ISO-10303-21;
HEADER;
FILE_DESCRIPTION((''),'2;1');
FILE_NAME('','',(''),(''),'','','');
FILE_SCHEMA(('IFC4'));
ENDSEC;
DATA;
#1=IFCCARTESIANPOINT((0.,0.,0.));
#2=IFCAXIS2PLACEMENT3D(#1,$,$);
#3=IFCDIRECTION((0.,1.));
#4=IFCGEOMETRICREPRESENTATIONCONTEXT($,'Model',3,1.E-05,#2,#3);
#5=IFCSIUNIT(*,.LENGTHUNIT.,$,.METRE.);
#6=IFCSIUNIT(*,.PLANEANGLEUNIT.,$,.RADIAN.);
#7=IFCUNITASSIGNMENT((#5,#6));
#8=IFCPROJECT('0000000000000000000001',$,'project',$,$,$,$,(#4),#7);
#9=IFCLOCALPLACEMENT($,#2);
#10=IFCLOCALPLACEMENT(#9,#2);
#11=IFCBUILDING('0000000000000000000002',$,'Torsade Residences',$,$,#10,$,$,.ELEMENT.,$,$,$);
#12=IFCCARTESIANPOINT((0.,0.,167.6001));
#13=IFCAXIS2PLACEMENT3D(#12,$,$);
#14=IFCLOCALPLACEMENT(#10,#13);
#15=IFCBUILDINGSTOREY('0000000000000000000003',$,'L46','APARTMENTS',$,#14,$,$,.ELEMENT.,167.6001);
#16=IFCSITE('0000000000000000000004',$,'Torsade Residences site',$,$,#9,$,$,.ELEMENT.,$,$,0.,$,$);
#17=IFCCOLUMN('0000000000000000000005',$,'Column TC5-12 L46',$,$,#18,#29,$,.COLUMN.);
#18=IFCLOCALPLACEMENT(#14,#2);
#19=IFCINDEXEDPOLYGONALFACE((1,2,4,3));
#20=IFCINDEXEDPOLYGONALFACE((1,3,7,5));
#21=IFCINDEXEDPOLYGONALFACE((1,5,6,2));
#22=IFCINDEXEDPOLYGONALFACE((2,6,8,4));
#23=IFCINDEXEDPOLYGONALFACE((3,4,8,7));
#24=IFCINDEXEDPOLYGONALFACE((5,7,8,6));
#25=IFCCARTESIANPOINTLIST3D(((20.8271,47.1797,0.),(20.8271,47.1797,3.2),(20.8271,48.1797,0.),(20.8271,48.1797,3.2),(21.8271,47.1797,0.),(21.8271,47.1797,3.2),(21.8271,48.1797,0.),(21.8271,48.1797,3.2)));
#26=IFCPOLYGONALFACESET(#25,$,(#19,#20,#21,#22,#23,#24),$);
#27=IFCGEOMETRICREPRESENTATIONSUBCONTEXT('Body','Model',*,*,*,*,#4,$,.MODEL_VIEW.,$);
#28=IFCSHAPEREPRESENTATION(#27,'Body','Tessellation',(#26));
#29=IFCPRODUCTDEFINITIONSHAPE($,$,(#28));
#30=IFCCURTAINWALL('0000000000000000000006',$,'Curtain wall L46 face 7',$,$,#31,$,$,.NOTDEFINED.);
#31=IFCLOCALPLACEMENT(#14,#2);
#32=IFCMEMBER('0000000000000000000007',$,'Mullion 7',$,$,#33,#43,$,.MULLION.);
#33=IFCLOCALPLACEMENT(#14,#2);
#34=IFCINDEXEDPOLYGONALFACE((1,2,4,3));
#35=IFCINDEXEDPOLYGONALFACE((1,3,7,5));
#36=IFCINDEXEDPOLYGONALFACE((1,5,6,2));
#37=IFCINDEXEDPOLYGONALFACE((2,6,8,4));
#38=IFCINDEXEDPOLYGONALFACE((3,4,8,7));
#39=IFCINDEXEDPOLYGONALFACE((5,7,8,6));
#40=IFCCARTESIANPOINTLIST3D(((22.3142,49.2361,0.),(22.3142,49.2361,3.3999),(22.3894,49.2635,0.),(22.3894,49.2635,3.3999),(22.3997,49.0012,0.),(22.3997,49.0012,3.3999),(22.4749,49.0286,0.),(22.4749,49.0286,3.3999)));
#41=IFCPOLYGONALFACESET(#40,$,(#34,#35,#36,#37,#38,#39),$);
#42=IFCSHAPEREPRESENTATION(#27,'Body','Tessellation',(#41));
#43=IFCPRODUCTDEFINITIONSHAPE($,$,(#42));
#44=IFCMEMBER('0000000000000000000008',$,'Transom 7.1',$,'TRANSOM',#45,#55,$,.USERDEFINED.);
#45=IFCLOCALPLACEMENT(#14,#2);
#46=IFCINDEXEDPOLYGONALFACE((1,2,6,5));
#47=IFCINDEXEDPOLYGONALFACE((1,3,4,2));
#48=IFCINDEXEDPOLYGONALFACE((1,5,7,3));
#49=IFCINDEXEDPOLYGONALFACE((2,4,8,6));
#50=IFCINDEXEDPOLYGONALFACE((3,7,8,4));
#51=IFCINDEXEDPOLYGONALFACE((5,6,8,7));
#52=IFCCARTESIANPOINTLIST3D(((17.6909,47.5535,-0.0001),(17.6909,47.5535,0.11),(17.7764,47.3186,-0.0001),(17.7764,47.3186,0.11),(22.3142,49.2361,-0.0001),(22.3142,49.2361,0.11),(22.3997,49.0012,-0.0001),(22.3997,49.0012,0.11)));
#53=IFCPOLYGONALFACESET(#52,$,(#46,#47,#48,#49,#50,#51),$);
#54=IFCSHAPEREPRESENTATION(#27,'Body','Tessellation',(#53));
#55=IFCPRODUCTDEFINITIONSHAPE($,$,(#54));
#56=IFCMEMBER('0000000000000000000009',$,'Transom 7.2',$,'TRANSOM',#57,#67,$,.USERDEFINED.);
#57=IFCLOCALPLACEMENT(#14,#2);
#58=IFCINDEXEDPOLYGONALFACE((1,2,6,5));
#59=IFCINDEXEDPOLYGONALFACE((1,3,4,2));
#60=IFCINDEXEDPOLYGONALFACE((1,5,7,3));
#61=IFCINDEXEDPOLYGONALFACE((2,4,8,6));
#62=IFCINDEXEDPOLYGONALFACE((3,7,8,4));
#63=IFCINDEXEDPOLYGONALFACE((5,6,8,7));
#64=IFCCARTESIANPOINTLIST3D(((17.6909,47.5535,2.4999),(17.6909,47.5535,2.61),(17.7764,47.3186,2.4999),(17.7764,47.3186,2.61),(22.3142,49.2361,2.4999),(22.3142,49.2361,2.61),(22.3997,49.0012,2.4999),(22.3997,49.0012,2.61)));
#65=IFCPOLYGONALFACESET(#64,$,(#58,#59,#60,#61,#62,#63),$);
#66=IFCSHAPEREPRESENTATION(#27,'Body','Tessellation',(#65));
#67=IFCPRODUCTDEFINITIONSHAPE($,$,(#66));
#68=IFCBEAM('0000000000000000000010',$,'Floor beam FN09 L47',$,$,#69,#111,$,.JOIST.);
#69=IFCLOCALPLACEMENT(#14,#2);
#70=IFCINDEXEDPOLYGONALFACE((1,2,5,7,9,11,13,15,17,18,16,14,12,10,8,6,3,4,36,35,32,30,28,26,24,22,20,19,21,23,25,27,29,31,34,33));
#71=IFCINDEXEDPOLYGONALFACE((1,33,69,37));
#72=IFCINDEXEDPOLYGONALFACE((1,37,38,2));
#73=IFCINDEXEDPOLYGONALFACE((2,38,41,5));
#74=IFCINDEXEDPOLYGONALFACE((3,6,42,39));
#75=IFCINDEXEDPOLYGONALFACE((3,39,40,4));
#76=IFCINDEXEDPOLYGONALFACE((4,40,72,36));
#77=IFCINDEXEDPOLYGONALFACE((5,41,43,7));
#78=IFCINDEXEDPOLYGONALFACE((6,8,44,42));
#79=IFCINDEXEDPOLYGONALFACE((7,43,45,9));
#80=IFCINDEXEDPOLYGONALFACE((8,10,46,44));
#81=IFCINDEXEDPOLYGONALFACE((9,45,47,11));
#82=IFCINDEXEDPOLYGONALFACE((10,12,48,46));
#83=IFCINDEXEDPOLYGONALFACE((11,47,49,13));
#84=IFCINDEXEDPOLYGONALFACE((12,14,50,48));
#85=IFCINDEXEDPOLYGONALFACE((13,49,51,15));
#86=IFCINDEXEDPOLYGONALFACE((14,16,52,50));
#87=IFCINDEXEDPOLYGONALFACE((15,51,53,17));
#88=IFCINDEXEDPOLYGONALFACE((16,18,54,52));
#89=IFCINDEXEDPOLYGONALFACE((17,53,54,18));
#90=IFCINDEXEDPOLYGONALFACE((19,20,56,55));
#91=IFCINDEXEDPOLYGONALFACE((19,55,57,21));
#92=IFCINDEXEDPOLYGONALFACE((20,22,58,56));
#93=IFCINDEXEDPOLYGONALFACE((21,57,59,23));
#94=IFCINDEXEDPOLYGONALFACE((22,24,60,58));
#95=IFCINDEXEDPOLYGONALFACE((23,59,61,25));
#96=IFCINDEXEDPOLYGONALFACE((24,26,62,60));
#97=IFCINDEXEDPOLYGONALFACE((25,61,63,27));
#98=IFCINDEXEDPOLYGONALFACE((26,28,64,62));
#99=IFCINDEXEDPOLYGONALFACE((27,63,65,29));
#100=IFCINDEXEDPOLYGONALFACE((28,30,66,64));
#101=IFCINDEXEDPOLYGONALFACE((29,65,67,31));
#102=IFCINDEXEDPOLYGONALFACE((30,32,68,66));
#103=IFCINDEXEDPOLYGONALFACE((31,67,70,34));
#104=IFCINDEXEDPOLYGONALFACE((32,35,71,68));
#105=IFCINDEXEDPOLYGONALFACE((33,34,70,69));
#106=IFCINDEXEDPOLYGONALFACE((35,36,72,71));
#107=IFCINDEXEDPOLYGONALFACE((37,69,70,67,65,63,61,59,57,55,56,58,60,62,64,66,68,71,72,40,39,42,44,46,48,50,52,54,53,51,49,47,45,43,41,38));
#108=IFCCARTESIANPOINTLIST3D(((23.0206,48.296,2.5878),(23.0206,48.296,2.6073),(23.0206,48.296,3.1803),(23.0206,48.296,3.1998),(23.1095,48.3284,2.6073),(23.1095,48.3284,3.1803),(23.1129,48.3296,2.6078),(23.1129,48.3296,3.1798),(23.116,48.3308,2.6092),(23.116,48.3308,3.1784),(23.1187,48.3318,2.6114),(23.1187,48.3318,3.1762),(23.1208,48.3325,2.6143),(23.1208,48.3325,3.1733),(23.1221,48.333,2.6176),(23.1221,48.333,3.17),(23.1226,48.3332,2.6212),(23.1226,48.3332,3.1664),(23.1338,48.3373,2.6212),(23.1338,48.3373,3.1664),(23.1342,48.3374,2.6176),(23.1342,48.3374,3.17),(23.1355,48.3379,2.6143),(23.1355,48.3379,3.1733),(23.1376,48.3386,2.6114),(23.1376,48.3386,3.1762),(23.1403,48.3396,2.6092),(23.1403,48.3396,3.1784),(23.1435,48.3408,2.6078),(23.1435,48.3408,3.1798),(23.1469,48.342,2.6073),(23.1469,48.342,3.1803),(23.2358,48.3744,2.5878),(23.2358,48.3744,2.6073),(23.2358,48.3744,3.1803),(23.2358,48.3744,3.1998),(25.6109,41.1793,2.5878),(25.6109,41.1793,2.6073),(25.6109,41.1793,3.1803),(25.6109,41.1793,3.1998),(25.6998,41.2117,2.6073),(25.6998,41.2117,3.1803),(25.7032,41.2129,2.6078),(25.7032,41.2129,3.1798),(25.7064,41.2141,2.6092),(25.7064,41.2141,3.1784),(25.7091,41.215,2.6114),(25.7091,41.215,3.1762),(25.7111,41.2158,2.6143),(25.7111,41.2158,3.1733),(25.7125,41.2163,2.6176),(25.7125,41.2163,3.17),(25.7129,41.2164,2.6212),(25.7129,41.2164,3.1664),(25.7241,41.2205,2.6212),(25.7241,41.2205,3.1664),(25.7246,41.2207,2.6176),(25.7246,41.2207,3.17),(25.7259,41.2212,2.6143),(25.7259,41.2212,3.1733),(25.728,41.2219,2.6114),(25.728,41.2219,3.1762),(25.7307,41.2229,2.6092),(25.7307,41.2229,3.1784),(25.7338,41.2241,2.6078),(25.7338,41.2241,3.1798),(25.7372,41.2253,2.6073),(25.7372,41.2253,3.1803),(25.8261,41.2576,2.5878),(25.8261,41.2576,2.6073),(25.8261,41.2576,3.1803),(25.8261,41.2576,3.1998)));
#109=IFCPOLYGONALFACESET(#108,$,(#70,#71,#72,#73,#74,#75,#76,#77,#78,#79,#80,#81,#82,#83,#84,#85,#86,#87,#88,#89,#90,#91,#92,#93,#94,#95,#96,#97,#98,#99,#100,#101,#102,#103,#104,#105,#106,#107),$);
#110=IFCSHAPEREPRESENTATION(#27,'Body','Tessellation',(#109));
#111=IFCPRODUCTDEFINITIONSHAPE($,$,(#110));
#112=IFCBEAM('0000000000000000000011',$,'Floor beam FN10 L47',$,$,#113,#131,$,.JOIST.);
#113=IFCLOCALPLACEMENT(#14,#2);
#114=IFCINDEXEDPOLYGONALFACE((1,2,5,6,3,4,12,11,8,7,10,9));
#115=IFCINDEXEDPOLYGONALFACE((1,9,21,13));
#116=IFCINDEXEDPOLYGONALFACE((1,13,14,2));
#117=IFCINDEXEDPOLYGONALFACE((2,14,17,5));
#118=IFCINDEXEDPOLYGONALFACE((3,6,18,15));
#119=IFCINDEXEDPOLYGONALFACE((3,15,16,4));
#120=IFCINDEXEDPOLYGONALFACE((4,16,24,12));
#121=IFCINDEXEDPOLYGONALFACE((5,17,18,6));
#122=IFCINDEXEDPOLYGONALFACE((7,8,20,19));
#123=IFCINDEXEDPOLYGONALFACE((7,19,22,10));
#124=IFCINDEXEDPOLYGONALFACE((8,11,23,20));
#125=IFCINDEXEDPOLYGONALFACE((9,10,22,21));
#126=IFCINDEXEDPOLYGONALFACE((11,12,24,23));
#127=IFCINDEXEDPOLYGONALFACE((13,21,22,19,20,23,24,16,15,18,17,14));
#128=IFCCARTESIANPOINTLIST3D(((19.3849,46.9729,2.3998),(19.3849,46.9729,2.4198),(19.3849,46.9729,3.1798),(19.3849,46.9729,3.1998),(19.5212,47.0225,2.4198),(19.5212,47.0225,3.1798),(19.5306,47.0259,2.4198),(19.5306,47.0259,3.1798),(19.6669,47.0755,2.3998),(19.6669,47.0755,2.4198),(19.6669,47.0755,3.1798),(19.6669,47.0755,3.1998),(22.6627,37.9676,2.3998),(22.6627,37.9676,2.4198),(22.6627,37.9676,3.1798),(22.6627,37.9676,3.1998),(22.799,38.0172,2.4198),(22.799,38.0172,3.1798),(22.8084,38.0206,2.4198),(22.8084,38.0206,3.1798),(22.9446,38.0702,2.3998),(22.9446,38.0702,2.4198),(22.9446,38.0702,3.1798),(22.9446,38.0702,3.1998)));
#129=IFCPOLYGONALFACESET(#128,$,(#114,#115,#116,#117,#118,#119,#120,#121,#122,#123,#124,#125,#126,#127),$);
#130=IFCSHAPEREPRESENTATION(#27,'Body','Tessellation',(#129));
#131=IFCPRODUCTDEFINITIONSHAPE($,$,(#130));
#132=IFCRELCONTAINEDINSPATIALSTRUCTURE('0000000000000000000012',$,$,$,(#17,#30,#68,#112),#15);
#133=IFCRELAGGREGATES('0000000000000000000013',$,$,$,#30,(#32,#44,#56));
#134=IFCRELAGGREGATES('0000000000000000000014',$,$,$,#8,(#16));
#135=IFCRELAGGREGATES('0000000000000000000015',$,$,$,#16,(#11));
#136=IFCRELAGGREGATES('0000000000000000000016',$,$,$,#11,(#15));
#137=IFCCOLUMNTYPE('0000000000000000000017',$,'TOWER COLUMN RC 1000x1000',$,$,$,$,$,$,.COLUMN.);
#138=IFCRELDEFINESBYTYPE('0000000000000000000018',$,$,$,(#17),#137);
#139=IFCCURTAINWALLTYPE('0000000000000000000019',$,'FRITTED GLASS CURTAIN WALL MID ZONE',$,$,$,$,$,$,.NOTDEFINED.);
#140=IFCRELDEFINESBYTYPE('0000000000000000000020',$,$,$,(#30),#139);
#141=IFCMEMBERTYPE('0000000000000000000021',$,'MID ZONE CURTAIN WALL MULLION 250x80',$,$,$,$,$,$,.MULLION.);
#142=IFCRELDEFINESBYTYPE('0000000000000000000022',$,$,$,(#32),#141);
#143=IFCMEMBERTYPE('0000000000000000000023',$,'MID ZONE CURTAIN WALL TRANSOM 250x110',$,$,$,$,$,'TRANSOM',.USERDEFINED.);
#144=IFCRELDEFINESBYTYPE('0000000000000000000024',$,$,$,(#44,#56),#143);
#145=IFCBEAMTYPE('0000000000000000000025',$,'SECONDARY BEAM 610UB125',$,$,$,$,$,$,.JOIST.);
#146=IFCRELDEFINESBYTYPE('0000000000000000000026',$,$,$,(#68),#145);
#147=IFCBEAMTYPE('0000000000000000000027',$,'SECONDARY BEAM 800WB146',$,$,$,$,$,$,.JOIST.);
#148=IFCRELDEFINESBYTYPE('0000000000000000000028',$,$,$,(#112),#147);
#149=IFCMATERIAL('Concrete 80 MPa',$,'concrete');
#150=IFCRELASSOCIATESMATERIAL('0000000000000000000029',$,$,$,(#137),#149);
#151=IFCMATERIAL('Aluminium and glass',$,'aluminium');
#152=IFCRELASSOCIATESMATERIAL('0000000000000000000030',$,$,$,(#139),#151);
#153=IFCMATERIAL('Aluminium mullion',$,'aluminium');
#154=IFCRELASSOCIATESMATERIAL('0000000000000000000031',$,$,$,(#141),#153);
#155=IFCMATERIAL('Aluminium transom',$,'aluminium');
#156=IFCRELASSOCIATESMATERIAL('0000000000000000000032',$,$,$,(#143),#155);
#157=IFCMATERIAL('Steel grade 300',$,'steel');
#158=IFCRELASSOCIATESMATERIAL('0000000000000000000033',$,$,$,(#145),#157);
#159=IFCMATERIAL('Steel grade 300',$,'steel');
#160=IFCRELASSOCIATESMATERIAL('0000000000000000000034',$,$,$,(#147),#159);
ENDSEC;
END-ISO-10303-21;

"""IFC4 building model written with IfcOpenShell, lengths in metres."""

from ifc_helpers import new_model, si_unit, direction, frame, origin, origin_2d, place, context, subcontext, project, spatial, rectangle, i_section, extrude, material, material_profile, profile_set, type_object, element, aggregate, save


model = new_model("IFC4")

# Units and contexts
model_context = context("Model", 3, precision=1e-05, world=origin(), true_north=direction((0.0, 1.0)))
body_context = subcontext(model_context, "Body", "Model", "MODEL_VIEW")
ifc_project = project(units=[si_unit("LENGTHUNIT", "METRE"), si_unit("PLANEANGLEUNIT", "RADIAN")], contexts=[model_context])

# Site, building, storey
site_placement = place(None, origin())
site = spatial("IfcSite", under=ifc_project, at=site_placement, Name="Torsade Residences site", CompositionType="ELEMENT", RefElevation=0.0)
building_placement = place(site_placement, origin())
building = spatial("IfcBuilding", under=site, at=building_placement, Name="Torsade Residences", CompositionType="ELEMENT")
storey_placement = place(building_placement, frame((0.0, 0.0, 167.6001)))
storey = spatial("IfcBuildingStorey", under=building, at=storey_placement, Name="L46", Description="APARTMENTS", CompositionType="ELEMENT", Elevation=167.6001)

# Column
ifc_material_1 = material(Name="Concrete 80 MPa", Category="concrete")
ifc_material_profile_1 = material_profile(ifc_material_1, rectangle(XDim=1.0, YDim=1.0, at=origin_2d()), Name="RC 1000x1000")
ifc_profile_set_1 = profile_set([ifc_material_profile_1], Name="Concrete 80 MPa")
column_type = type_object("IfcColumnType", Name="TOWER COLUMN RC 1000x1000", PredefinedType="COLUMN", material=ifc_profile_set_1)
column_placement = place(storey_placement, frame((21.3271, 47.6797, 0.0), z_axis=(0.0, 0.0, 1.0), x_axis=(1.0, 0.0, 0.0)))
element("IfcColumn", 1, at=column_placement, inside=storey, type_object=column_type, Name="Column TC5-12 L46", PredefinedType="COLUMN", context=body_context, shape_type="SweptSolid", body=[
    extrude(rectangle(XDim=1.0, YDim=1.0, at=origin_2d()), origin(), (0.0, 0.0, 1.0), 3.2),
])

# Curtain wall, members
ifc_material_2 = material(Name="Aluminium and glass", Category="aluminium")
curtain_wall_type = type_object("IfcCurtainWallType", Name="FRITTED GLASS CURTAIN WALL MID ZONE", PredefinedType="NOTDEFINED", material=ifc_material_2)
curtain_wall_placement = place(storey_placement, origin())
curtain_wall = element("IfcCurtainWall", 2, at=curtain_wall_placement, inside=storey, type_object=curtain_wall_type, Name="Curtain wall L46 face 7", PredefinedType="NOTDEFINED")
ifc_material_3 = material(Name="Aluminium mullion", Category="aluminium")
ifc_material_profile_2 = material_profile(ifc_material_3, rectangle(XDim=0.25, YDim=0.0801, at=origin_2d()), Name="MID ZONE CURTAIN WALL MULLION 250x80")
ifc_profile_set_2 = profile_set([ifc_material_profile_2], Name="Aluminium mullion")
member_type_1 = type_object("IfcMemberType", Name="MID ZONE CURTAIN WALL MULLION 250x80", PredefinedType="MULLION", material=ifc_profile_set_2)
member_1_placement = place(storey_placement, frame((22.3945, 49.1323, 0.0), z_axis=(0.0, 0.0, 1.0), x_axis=(0.34202, -0.939693, 0.0)))
member_1 = element("IfcMember", 3, at=member_1_placement, type_object=member_type_1, Name="Mullion 7", PredefinedType="MULLION", context=body_context, shape_type="SweptSolid", body=[
    extrude(rectangle(XDim=0.25, YDim=0.0801, at=origin_2d()), origin(), (0.0, 0.0, 1.0), 3.3999),
])
ifc_material_4 = material(Name="Aluminium transom", Category="aluminium")
ifc_material_profile_3 = material_profile(ifc_material_4, rectangle(XDim=0.25, YDim=0.1101, at=origin_2d()), Name="MID ZONE CURTAIN WALL TRANSOM 250x110")
ifc_profile_set_3 = profile_set([ifc_material_profile_3], Name="Aluminium transom")
member_type_2 = type_object("IfcMemberType", Name="MID ZONE CURTAIN WALL TRANSOM 250x110", ElementType="TRANSOM", PredefinedType="USERDEFINED", material=ifc_profile_set_3)
member_2_placement = place(storey_placement, frame((22.3569, 49.1187, 0.0549), z_axis=(-0.939701, -0.341998, 0.0), x_axis=(0.341998, -0.939701, 0.0)))
member_2 = element("IfcMember", 4, at=member_2_placement, type_object=member_type_2, Name="Transom 7.1", ObjectType="TRANSOM", PredefinedType="USERDEFINED", context=body_context, shape_type="SweptSolid", body=[
    extrude(rectangle(XDim=0.25, YDim=0.1101, at=origin_2d()), origin(), (0.0, 0.0, 1.0), 4.9199),
])
member_3_placement = place(storey_placement, frame((22.3569, 49.1187, 2.5549), z_axis=(-0.939701, -0.341998, 0.0), x_axis=(0.341998, -0.939701, 0.0)))
member_3 = element("IfcMember", 5, at=member_3_placement, type_object=member_type_2, Name="Transom 7.2", ObjectType="TRANSOM", PredefinedType="USERDEFINED", context=body_context, shape_type="SweptSolid", body=[
    extrude(rectangle(XDim=0.25, YDim=0.1101, at=origin_2d()), origin(), (0.0, 0.0, 1.0), 4.9199),
])

# Beams
ifc_material_5 = material(Name="Steel grade 300", Category="steel")
ifc_material_profile_4 = material_profile(ifc_material_5, i_section(OverallWidth=0.229, OverallDepth=0.6121, WebThickness=0.012, FlangeThickness=0.0195, FilletRadius=0.0139, at=origin_2d()), Name="610UB125")
ifc_profile_set_4 = profile_set([ifc_material_profile_4], Name="Steel grade 300")
beam_type_1 = type_object("IfcBeamType", Name="SECONDARY BEAM 610UB125", PredefinedType="JOIST", material=ifc_profile_set_4)
beam_1_placement = place(storey_placement, frame((23.1282, 48.3352, 2.8938), z_axis=(0.342028, -0.93969, 0.0), x_axis=(0.93969, 0.342028, 0.0)))
element("IfcBeam", 6, at=beam_1_placement, inside=storey, type_object=beam_type_1, Name="Floor beam FN09 L47", PredefinedType="JOIST", context=body_context, shape_type="SweptSolid", body=[
    extrude(i_section(OverallWidth=0.229, OverallDepth=0.6121, WebThickness=0.012, FlangeThickness=0.0195, FilletRadius=0.0139, at=origin_2d()), origin(), (0.0, 0.0, 1.0), 7.5735),
])
ifc_material_6 = material(Name="Steel grade 300", Category="steel")
ifc_material_profile_5 = material_profile(ifc_material_6, i_section(OverallWidth=0.3, OverallDepth=0.8, WebThickness=0.01, FlangeThickness=0.02, at=origin_2d()), Name="800WB146")
ifc_profile_set_5 = profile_set([ifc_material_profile_5], Name="Steel grade 300")
beam_type_2 = type_object("IfcBeamType", Name="SECONDARY BEAM 800WB146", PredefinedType="JOIST", material=ifc_profile_set_5)
beam_2_placement = place(storey_placement, frame((19.5259, 47.0242, 2.7998), z_axis=(0.342034, -0.939688, 0.0), x_axis=(0.939688, 0.342034, 0.0)))
element("IfcBeam", 7, at=beam_2_placement, inside=storey, type_object=beam_type_2, Name="Floor beam FN10 L47", PredefinedType="JOIST", context=body_context, shape_type="SweptSolid", body=[
    extrude(i_section(OverallWidth=0.3, OverallDepth=0.8, WebThickness=0.01, FlangeThickness=0.02, at=origin_2d()), origin(), (0.0, 0.0, 1.0), 9.5833),
])

aggregate(curtain_wall, [member_1, member_2, member_3])

save(model, "model.ifc")
